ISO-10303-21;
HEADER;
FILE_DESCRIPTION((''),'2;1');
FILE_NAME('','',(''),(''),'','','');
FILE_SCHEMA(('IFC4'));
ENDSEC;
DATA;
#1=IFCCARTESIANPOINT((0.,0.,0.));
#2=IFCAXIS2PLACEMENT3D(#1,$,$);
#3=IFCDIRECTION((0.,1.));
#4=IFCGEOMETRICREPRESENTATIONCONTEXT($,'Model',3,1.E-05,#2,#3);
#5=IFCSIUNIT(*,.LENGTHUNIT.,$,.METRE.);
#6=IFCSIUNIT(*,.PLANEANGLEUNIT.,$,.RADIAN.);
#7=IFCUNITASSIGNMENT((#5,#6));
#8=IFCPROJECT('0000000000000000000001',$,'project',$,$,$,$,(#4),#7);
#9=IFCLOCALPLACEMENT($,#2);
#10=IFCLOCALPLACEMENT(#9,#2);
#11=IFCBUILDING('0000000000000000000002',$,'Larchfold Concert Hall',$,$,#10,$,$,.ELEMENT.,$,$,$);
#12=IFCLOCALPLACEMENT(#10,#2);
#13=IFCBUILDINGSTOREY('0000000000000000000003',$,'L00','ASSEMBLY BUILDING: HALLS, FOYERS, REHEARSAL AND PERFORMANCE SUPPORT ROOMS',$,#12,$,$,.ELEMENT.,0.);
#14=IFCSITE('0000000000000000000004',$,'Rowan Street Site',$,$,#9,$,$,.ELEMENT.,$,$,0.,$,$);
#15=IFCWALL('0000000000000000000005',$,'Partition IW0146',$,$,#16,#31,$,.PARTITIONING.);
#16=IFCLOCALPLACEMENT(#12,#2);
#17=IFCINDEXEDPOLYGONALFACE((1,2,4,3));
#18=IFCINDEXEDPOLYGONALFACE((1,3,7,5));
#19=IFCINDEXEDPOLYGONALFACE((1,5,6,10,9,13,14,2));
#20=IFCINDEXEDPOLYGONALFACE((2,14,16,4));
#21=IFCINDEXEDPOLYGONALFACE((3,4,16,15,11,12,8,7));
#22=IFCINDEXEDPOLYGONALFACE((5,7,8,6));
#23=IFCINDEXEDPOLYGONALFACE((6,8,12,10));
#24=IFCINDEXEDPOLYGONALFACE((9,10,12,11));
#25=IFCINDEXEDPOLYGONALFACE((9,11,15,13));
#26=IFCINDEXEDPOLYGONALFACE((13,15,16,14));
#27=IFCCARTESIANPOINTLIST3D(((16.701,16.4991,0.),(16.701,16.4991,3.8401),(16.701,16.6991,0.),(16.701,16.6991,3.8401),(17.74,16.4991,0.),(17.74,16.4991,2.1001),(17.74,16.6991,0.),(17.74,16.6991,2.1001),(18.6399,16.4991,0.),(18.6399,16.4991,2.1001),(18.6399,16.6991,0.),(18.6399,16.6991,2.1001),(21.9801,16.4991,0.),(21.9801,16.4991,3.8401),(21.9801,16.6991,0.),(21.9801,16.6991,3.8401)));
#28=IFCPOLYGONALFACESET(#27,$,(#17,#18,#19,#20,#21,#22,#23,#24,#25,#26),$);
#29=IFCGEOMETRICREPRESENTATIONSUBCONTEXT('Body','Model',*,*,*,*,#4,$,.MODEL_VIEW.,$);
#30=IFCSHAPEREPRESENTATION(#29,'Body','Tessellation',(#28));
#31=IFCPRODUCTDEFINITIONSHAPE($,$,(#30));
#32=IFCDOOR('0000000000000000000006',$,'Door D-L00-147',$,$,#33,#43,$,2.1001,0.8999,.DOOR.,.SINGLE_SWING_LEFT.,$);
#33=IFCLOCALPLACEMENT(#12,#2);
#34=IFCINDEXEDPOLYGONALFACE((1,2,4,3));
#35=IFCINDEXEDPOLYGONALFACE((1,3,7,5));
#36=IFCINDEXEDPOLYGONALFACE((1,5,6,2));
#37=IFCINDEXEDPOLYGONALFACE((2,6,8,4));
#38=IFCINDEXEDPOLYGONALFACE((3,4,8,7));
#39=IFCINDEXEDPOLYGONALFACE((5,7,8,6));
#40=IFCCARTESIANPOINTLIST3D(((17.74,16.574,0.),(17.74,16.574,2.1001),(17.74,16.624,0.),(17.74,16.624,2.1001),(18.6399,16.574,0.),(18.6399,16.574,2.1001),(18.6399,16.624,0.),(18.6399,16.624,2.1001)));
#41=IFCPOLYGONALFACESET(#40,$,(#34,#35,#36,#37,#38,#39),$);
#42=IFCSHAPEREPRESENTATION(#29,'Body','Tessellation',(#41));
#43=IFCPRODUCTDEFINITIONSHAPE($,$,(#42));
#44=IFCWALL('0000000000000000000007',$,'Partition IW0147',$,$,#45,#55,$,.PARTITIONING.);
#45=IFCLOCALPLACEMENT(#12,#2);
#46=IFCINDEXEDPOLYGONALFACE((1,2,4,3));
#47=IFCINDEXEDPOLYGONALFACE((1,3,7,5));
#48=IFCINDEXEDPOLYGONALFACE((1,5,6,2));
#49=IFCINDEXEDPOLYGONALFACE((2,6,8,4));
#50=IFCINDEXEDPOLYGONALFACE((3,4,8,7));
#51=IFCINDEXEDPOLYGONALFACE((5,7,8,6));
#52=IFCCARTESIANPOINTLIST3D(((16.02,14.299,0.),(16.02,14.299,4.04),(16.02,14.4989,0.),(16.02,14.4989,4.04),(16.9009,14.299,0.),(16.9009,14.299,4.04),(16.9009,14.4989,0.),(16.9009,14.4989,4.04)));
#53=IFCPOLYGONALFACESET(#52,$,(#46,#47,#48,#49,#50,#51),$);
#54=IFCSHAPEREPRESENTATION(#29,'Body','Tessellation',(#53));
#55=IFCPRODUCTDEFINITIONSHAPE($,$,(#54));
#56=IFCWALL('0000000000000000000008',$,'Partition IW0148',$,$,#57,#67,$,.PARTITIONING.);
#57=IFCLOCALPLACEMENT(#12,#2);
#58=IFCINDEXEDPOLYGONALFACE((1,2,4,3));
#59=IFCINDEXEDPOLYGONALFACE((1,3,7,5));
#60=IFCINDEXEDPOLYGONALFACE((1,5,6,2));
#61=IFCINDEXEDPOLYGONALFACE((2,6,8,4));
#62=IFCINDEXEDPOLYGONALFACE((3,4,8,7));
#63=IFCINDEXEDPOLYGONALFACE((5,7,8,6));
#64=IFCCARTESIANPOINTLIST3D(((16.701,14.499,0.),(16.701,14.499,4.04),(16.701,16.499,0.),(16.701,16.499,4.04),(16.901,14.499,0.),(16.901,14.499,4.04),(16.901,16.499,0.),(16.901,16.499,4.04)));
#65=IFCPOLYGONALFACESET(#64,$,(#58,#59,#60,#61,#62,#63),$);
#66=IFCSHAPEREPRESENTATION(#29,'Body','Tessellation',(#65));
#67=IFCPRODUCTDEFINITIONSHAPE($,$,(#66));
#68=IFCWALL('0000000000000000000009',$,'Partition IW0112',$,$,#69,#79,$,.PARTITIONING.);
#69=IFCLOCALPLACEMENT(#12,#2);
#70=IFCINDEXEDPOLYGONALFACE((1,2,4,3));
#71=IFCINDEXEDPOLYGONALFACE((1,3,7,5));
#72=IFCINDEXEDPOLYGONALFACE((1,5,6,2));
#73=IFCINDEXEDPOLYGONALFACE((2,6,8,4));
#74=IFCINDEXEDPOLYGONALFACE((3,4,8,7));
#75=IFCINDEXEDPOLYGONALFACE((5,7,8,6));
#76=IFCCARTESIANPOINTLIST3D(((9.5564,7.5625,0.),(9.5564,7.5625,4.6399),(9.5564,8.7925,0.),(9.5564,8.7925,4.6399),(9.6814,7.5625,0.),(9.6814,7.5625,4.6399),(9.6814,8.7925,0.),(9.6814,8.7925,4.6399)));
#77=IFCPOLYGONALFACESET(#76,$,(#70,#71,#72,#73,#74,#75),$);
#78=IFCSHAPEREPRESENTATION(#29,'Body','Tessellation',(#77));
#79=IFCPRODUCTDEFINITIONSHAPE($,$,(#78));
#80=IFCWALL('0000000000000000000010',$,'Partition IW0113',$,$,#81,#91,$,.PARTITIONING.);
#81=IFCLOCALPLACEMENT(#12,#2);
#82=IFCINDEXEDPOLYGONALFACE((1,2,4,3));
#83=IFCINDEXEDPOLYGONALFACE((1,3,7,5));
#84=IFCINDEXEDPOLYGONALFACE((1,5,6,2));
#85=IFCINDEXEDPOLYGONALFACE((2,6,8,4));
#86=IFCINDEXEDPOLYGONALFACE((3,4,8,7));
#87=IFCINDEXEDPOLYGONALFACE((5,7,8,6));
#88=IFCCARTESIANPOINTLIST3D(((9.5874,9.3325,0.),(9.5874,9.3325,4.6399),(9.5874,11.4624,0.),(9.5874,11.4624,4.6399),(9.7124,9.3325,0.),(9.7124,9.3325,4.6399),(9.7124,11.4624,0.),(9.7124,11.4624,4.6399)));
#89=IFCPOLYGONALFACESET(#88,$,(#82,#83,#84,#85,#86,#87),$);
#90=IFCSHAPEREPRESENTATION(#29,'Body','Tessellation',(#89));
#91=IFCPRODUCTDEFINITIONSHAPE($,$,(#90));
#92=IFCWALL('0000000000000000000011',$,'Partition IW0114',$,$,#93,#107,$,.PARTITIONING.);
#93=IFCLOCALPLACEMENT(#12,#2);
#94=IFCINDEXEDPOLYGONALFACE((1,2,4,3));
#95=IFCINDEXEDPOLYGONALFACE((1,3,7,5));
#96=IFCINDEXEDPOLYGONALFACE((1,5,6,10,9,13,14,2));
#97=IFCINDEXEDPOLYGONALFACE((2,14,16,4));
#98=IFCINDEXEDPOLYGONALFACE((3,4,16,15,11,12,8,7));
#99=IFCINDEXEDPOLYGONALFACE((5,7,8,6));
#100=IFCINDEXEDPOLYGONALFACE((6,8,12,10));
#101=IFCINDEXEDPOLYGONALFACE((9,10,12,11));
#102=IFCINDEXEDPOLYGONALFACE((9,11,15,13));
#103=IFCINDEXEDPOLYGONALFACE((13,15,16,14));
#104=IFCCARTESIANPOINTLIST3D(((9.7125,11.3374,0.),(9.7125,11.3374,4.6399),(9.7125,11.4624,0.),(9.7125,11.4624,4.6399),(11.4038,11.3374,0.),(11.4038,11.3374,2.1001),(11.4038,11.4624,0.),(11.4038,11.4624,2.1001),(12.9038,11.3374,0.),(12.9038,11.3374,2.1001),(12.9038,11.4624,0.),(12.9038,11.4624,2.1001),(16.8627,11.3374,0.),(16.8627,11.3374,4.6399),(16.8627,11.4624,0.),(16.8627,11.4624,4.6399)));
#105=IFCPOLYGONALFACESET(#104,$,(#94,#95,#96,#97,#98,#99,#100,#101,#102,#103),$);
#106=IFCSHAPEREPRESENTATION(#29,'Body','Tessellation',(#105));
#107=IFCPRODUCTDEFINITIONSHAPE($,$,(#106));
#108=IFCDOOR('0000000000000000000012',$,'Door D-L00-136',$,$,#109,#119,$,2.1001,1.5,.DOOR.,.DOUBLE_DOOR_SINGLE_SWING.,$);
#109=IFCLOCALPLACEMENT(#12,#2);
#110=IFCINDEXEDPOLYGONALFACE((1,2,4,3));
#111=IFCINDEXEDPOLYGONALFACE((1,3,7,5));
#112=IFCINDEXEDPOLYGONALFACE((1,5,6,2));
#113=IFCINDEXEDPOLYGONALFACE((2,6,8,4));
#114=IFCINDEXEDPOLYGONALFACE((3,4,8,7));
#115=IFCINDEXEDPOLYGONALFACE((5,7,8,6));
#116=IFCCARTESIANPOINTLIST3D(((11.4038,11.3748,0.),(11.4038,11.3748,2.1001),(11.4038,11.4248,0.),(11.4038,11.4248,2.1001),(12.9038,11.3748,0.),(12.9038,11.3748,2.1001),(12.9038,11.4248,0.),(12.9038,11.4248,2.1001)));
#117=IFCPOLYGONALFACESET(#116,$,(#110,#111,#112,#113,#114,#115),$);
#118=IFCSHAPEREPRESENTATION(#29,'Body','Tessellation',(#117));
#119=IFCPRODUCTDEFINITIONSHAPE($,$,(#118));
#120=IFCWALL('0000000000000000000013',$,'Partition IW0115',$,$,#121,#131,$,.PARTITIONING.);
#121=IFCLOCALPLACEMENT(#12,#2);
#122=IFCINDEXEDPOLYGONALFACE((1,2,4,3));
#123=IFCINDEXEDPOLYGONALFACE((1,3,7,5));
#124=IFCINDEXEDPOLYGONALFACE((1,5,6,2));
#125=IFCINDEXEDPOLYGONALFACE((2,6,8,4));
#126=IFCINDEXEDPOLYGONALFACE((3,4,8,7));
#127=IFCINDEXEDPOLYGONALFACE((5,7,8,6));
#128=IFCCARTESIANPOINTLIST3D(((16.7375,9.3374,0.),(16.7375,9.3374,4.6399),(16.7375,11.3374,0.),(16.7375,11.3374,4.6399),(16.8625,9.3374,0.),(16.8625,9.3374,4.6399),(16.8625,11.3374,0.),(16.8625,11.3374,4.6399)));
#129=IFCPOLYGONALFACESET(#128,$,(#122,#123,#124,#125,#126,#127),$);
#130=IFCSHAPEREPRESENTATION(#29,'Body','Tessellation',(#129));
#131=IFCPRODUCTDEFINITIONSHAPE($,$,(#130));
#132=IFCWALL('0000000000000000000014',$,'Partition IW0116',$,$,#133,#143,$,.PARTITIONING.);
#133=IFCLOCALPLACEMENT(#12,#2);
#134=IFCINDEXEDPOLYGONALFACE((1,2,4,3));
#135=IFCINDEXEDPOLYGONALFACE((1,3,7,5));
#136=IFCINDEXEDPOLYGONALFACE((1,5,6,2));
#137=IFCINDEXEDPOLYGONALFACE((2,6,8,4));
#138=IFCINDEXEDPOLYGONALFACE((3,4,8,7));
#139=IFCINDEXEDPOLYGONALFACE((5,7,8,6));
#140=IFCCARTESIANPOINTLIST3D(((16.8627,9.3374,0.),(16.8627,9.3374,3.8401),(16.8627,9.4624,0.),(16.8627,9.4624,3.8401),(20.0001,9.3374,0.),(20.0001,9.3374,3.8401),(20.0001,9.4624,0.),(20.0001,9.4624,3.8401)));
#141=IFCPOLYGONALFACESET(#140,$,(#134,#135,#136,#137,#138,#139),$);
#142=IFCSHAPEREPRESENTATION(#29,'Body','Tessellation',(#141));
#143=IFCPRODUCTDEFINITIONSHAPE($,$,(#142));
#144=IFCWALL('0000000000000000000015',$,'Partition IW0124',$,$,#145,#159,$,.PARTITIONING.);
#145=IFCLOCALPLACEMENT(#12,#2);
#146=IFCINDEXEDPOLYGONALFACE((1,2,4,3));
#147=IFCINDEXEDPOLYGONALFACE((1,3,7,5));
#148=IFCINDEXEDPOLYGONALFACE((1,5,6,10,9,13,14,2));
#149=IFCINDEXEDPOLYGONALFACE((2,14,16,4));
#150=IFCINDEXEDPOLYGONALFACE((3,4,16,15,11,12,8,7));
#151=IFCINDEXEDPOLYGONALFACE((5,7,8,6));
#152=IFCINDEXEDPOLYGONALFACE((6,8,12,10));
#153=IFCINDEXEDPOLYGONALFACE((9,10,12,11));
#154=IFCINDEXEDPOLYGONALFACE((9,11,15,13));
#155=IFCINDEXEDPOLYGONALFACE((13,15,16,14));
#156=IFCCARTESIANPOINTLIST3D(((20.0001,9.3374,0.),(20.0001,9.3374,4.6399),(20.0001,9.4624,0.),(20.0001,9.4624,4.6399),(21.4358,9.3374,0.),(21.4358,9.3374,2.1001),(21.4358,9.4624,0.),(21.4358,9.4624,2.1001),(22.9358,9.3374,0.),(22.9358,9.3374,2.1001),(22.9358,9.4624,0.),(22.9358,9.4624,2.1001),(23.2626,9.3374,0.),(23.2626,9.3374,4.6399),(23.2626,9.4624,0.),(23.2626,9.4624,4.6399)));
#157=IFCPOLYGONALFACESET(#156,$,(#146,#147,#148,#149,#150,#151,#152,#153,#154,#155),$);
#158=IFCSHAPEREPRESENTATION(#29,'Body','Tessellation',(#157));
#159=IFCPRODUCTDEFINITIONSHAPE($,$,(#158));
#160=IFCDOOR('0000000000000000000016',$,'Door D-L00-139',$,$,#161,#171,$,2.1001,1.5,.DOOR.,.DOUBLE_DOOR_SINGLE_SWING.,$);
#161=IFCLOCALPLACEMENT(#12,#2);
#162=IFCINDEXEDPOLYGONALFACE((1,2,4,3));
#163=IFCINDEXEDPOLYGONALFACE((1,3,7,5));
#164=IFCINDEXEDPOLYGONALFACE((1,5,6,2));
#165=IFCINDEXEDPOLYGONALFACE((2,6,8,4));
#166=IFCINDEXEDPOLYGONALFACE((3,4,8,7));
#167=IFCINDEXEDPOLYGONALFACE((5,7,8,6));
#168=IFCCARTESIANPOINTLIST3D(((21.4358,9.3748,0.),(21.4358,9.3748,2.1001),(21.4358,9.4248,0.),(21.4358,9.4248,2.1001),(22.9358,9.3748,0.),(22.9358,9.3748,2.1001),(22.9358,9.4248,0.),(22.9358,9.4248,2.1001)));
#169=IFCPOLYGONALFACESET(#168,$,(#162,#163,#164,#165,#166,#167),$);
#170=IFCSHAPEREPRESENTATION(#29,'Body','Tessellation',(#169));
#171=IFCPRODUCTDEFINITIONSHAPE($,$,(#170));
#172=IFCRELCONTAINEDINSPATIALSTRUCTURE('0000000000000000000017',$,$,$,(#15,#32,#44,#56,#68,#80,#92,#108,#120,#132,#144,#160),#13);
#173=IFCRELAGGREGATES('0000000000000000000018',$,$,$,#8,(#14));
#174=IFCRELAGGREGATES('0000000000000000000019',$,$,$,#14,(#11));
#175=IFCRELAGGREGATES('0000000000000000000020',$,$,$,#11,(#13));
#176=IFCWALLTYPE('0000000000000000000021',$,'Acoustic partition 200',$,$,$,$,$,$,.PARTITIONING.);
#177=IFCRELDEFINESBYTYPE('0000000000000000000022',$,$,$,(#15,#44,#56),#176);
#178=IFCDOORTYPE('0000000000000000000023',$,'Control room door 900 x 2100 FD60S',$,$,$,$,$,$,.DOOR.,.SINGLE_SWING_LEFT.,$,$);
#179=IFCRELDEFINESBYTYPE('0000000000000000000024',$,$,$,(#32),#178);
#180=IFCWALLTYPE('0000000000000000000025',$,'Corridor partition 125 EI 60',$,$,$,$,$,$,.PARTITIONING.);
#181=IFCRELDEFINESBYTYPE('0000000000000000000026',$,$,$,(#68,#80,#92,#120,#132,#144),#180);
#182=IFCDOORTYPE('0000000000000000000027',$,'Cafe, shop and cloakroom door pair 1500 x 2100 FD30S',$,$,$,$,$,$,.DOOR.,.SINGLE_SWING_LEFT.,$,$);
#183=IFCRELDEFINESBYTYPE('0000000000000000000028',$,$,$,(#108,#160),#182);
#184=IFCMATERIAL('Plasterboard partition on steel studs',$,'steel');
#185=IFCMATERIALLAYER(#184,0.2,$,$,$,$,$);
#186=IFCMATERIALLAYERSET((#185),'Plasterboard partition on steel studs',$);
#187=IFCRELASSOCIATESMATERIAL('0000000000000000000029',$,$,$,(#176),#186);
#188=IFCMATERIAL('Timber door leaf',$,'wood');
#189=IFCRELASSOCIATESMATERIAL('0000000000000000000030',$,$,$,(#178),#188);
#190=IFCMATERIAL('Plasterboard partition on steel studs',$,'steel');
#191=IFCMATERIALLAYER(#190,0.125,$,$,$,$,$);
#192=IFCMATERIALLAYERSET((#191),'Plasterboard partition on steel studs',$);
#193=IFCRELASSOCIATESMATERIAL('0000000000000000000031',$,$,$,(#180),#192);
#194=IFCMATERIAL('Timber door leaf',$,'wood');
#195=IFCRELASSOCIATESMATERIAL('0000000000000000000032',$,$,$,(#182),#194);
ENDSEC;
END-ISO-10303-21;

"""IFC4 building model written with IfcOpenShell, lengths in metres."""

from ifc_helpers import new_model, si_unit, direction, frame, frame_2d, origin, place, context, subcontext, project, spatial, rectangle, extrude, material, layer, layer_set, type_object, element, fill, save


model = new_model("IFC4")

# Units and contexts
model_context = context("Model", 3, precision=1e-05, world=origin(), true_north=direction((0.0, 1.0)))
body_context = subcontext(model_context, "Body", "Model", "MODEL_VIEW")
ifc_project = project(units=[si_unit("LENGTHUNIT", "METRE"), si_unit("PLANEANGLEUNIT", "RADIAN")], contexts=[model_context])

# Site, building, storey
site_placement = place(None, origin())
site = spatial("IfcSite", under=ifc_project, at=site_placement, Name="Rowan Street Site", CompositionType="ELEMENT", RefElevation=0.0)
building_placement = place(site_placement, origin())
building = spatial("IfcBuilding", under=site, at=building_placement, Name="Larchfold Concert Hall", CompositionType="ELEMENT")
storey_placement = place(building_placement, origin())
storey = spatial("IfcBuildingStorey", under=building, at=storey_placement, Name="L00", Description="ASSEMBLY BUILDING: HALLS, FOYERS, REHEARSAL AND PERFORMANCE SUPPORT ROOMS", CompositionType="ELEMENT", Elevation=0.0)

# Wall, opening, door
ifc_material_1 = material(Name="Plasterboard partition on steel studs", Category="steel")
ifc_layer_1 = layer(ifc_material_1, 0.2)
ifc_layer_set_1 = layer_set([ifc_layer_1], Name="Plasterboard partition on steel studs")
wall_type_1 = type_object("IfcWallType", Name="Acoustic partition 200", PredefinedType="PARTITIONING", material=ifc_layer_set_1)
wall_1_placement = place(storey_placement, frame((16.7009, 16.5991, 0.0), z_axis=(0.0, 0.0, 1.0), x_axis=(1.0, 0.0, 0.0)))
wall_1 = element("IfcWall", 1, at=wall_1_placement, inside=storey, type_object=wall_type_1, Name="Partition IW0146", PredefinedType="PARTITIONING", context=body_context, shape_type="SweptSolid", body=[
    extrude(rectangle(XDim=5.2791, YDim=0.2, at=frame_2d((2.6396, 0.0))), origin(), (0.0, 0.0, 1.0), 3.8401),
])
opening_1_placement = place(wall_1_placement, frame((1.0391, 0.0, 0.0)))
opening_1 = element("IfcOpeningElement", 2, at=opening_1_placement, cuts=wall_1, PredefinedType="OPENING", context=body_context, shape_type="SweptSolid", body=[
    extrude(rectangle(XDim=0.8999, YDim=2.1001, at=frame_2d((0.45, 1.05))), frame((0.0, 0.1099, 0.0), z_axis=(0.0, -1.0, 0.0), x_axis=(1.0, 0.0, 0.0)), (0.0, 0.0, 1.0), 0.22),
])
ifc_material_2 = material(Name="Timber door leaf", Category="wood")
door_type_1 = type_object("IfcDoorType", Name="Control room door 900 x 2100 FD60S", OperationType="SINGLE_SWING_LEFT", PredefinedType="DOOR", material=ifc_material_2)
door_1_placement = place(opening_1_placement, origin())
door_1 = element("IfcDoor", 3, at=door_1_placement, inside=storey, type_object=door_type_1, Name="Door D-L00-147", OperationType="SINGLE_SWING_LEFT", OverallHeight=2.1001, OverallWidth=0.8999, PredefinedType="DOOR", context=body_context, shape_type="SweptSolid", body=[
    extrude(rectangle(XDim=0.8999, YDim=2.1001, at=frame_2d((0.45, 1.05))), frame((0.0, 0.0249, 0.0), z_axis=(0.0, -1.0, 0.0), x_axis=(1.0, 0.0, 0.0)), (0.0, 0.0, 1.0), 0.05),
])
fill(opening_1, door_1)

# Walls
wall_2_placement = place(storey_placement, frame((16.02, 14.3989, 0.0), z_axis=(0.0, 0.0, 1.0), x_axis=(1.0, 0.0, 0.0)))
element("IfcWall", 4, at=wall_2_placement, inside=storey, type_object=wall_type_1, Name="Partition IW0147", PredefinedType="PARTITIONING", context=body_context, shape_type="SweptSolid", body=[
    extrude(rectangle(XDim=0.8809, YDim=0.2, at=frame_2d((0.4404, 0.0))), origin(), (0.0, 0.0, 1.0), 4.04),
])
wall_3_placement = place(storey_placement, frame((16.801, 14.499, 0.0), z_axis=(0.0, 0.0, 1.0), x_axis=(0.0, 1.0, 0.0)))
element("IfcWall", 5, at=wall_3_placement, inside=storey, type_object=wall_type_1, Name="Partition IW0148", PredefinedType="PARTITIONING", context=body_context, shape_type="SweptSolid", body=[
    extrude(rectangle(XDim=2.0, YDim=0.2, at=frame_2d((1.0, 0.0))), origin(), (0.0, 0.0, 1.0), 4.04),
])
ifc_material_3 = material(Name="Plasterboard partition on steel studs", Category="steel")
ifc_layer_2 = layer(ifc_material_3, 0.125)
ifc_layer_set_2 = layer_set([ifc_layer_2], Name="Plasterboard partition on steel studs")
wall_type_2 = type_object("IfcWallType", Name="Corridor partition 125 EI 60", PredefinedType="PARTITIONING", material=ifc_layer_set_2)
wall_4_placement = place(storey_placement, frame((9.6189, 7.5625, 0.0), z_axis=(0.0, 0.0, 1.0), x_axis=(0.0, 1.0, 0.0)))
element("IfcWall", 6, at=wall_4_placement, inside=storey, type_object=wall_type_2, Name="Partition IW0112", PredefinedType="PARTITIONING", context=body_context, shape_type="SweptSolid", body=[
    extrude(rectangle(XDim=1.23, YDim=0.125, at=frame_2d((0.615, 0.0))), origin(), (0.0, 0.0, 1.0), 4.6399),
])
wall_5_placement = place(storey_placement, frame((9.6499, 9.3325, 0.0), z_axis=(0.0, 0.0, 1.0), x_axis=(0.0, 1.0, 0.0)))
element("IfcWall", 7, at=wall_5_placement, inside=storey, type_object=wall_type_2, Name="Partition IW0113", PredefinedType="PARTITIONING", context=body_context, shape_type="SweptSolid", body=[
    extrude(rectangle(XDim=2.1299, YDim=0.125, at=frame_2d((1.0649, 0.0))), origin(), (0.0, 0.0, 1.0), 4.6399),
])

# Wall, opening, door
wall_6_placement = place(storey_placement, frame((9.7124, 11.3999, 0.0), z_axis=(0.0, 0.0, 1.0), x_axis=(1.0, 0.0, 0.0)))
wall_6 = element("IfcWall", 8, at=wall_6_placement, inside=storey, type_object=wall_type_2, Name="Partition IW0114", PredefinedType="PARTITIONING", context=body_context, shape_type="SweptSolid", body=[
    extrude(rectangle(XDim=7.1501, YDim=0.125, at=frame_2d((3.5752, 0.0))), origin(), (0.0, 0.0, 1.0), 4.6399),
])
opening_2_placement = place(wall_6_placement, frame((1.6914, 0.0, 0.0)))
opening_2 = element("IfcOpeningElement", 9, at=opening_2_placement, cuts=wall_6, PredefinedType="OPENING", context=body_context, shape_type="SweptSolid", body=[
    extrude(rectangle(XDim=1.5, YDim=2.1001, at=frame_2d((0.75, 1.05))), frame((0.0, 0.0725, 0.0), z_axis=(0.0, -1.0, 0.0), x_axis=(1.0, 0.0, 0.0)), (0.0, 0.0, 1.0), 0.145),
])
ifc_material_4 = material(Name="Timber door leaf", Category="wood")
door_type_2 = type_object("IfcDoorType", Name="Cafe, shop and cloakroom door pair 1500 x 2100 FD30S", OperationType="SINGLE_SWING_LEFT", PredefinedType="DOOR", material=ifc_material_4)
door_2_placement = place(opening_2_placement, origin())
door_2 = element("IfcDoor", 10, at=door_2_placement, inside=storey, type_object=door_type_2, Name="Door D-L00-136", OperationType="DOUBLE_DOOR_SINGLE_SWING", OverallHeight=2.1001, OverallWidth=1.5, PredefinedType="DOOR", context=body_context, shape_type="SweptSolid", body=[
    extrude(rectangle(XDim=1.5, YDim=2.1001, at=frame_2d((0.75, 1.05))), frame((0.0, 0.0249, 0.0), z_axis=(0.0, -1.0, 0.0), x_axis=(1.0, 0.0, 0.0)), (0.0, 0.0, 1.0), 0.05),
])
fill(opening_2, door_2)

# Walls
wall_7_placement = place(storey_placement, frame((16.8, 11.3374, 0.0), z_axis=(0.0, 0.0, 1.0), x_axis=(0.0, -1.0, 0.0)))
element("IfcWall", 11, at=wall_7_placement, inside=storey, type_object=wall_type_2, Name="Partition IW0115", PredefinedType="PARTITIONING", context=body_context, shape_type="SweptSolid", body=[
    extrude(rectangle(XDim=2.0, YDim=0.125, at=frame_2d((1.0, 0.0))), origin(), (0.0, 0.0, 1.0), 4.6399),
])
wall_8_placement = place(storey_placement, frame((16.8625, 9.3999, 0.0), z_axis=(0.0, 0.0, 1.0), x_axis=(1.0, 0.0, 0.0)))
element("IfcWall", 12, at=wall_8_placement, inside=storey, type_object=wall_type_2, Name="Partition IW0116", PredefinedType="PARTITIONING", context=body_context, shape_type="SweptSolid", body=[
    extrude(rectangle(XDim=3.1375, YDim=0.125, at=frame_2d((1.5688, 0.0))), origin(), (0.0, 0.0, 1.0), 3.8401),
])

# Wall, opening, door
wall_9_placement = place(storey_placement, frame((20.0, 9.3999, 0.0), z_axis=(0.0, 0.0, 1.0), x_axis=(1.0, 0.0, 0.0)))
wall_9 = element("IfcWall", 13, at=wall_9_placement, inside=storey, type_object=wall_type_2, Name="Partition IW0124", PredefinedType="PARTITIONING", context=body_context, shape_type="SweptSolid", body=[
    extrude(rectangle(XDim=3.2625, YDim=0.125, at=frame_2d((1.6313, 0.0))), origin(), (0.0, 0.0, 1.0), 4.6399),
])
opening_3_placement = place(wall_9_placement, frame((1.4358, 0.0, 0.0)))
opening_3 = element("IfcOpeningElement", 14, at=opening_3_placement, cuts=wall_9, PredefinedType="OPENING", context=body_context, shape_type="SweptSolid", body=[
    extrude(rectangle(XDim=1.5, YDim=2.1001, at=frame_2d((0.75, 1.05))), frame((0.0, 0.0725, 0.0), z_axis=(0.0, -1.0, 0.0), x_axis=(1.0, 0.0, 0.0)), (0.0, 0.0, 1.0), 0.145),
])
door_3_placement = place(opening_3_placement, origin())
door_3 = element("IfcDoor", 15, at=door_3_placement, inside=storey, type_object=door_type_2, Name="Door D-L00-139", OperationType="DOUBLE_DOOR_SINGLE_SWING", OverallHeight=2.1001, OverallWidth=1.5, PredefinedType="DOOR", context=body_context, shape_type="SweptSolid", body=[
    extrude(rectangle(XDim=1.5, YDim=2.1001, at=frame_2d((0.75, 1.05))), frame((0.0, 0.0249, 0.0), z_axis=(0.0, -1.0, 0.0), x_axis=(1.0, 0.0, 0.0)), (0.0, 0.0, 1.0), 0.05),
])
fill(opening_3, door_3)

save(model, "model.ifc")
